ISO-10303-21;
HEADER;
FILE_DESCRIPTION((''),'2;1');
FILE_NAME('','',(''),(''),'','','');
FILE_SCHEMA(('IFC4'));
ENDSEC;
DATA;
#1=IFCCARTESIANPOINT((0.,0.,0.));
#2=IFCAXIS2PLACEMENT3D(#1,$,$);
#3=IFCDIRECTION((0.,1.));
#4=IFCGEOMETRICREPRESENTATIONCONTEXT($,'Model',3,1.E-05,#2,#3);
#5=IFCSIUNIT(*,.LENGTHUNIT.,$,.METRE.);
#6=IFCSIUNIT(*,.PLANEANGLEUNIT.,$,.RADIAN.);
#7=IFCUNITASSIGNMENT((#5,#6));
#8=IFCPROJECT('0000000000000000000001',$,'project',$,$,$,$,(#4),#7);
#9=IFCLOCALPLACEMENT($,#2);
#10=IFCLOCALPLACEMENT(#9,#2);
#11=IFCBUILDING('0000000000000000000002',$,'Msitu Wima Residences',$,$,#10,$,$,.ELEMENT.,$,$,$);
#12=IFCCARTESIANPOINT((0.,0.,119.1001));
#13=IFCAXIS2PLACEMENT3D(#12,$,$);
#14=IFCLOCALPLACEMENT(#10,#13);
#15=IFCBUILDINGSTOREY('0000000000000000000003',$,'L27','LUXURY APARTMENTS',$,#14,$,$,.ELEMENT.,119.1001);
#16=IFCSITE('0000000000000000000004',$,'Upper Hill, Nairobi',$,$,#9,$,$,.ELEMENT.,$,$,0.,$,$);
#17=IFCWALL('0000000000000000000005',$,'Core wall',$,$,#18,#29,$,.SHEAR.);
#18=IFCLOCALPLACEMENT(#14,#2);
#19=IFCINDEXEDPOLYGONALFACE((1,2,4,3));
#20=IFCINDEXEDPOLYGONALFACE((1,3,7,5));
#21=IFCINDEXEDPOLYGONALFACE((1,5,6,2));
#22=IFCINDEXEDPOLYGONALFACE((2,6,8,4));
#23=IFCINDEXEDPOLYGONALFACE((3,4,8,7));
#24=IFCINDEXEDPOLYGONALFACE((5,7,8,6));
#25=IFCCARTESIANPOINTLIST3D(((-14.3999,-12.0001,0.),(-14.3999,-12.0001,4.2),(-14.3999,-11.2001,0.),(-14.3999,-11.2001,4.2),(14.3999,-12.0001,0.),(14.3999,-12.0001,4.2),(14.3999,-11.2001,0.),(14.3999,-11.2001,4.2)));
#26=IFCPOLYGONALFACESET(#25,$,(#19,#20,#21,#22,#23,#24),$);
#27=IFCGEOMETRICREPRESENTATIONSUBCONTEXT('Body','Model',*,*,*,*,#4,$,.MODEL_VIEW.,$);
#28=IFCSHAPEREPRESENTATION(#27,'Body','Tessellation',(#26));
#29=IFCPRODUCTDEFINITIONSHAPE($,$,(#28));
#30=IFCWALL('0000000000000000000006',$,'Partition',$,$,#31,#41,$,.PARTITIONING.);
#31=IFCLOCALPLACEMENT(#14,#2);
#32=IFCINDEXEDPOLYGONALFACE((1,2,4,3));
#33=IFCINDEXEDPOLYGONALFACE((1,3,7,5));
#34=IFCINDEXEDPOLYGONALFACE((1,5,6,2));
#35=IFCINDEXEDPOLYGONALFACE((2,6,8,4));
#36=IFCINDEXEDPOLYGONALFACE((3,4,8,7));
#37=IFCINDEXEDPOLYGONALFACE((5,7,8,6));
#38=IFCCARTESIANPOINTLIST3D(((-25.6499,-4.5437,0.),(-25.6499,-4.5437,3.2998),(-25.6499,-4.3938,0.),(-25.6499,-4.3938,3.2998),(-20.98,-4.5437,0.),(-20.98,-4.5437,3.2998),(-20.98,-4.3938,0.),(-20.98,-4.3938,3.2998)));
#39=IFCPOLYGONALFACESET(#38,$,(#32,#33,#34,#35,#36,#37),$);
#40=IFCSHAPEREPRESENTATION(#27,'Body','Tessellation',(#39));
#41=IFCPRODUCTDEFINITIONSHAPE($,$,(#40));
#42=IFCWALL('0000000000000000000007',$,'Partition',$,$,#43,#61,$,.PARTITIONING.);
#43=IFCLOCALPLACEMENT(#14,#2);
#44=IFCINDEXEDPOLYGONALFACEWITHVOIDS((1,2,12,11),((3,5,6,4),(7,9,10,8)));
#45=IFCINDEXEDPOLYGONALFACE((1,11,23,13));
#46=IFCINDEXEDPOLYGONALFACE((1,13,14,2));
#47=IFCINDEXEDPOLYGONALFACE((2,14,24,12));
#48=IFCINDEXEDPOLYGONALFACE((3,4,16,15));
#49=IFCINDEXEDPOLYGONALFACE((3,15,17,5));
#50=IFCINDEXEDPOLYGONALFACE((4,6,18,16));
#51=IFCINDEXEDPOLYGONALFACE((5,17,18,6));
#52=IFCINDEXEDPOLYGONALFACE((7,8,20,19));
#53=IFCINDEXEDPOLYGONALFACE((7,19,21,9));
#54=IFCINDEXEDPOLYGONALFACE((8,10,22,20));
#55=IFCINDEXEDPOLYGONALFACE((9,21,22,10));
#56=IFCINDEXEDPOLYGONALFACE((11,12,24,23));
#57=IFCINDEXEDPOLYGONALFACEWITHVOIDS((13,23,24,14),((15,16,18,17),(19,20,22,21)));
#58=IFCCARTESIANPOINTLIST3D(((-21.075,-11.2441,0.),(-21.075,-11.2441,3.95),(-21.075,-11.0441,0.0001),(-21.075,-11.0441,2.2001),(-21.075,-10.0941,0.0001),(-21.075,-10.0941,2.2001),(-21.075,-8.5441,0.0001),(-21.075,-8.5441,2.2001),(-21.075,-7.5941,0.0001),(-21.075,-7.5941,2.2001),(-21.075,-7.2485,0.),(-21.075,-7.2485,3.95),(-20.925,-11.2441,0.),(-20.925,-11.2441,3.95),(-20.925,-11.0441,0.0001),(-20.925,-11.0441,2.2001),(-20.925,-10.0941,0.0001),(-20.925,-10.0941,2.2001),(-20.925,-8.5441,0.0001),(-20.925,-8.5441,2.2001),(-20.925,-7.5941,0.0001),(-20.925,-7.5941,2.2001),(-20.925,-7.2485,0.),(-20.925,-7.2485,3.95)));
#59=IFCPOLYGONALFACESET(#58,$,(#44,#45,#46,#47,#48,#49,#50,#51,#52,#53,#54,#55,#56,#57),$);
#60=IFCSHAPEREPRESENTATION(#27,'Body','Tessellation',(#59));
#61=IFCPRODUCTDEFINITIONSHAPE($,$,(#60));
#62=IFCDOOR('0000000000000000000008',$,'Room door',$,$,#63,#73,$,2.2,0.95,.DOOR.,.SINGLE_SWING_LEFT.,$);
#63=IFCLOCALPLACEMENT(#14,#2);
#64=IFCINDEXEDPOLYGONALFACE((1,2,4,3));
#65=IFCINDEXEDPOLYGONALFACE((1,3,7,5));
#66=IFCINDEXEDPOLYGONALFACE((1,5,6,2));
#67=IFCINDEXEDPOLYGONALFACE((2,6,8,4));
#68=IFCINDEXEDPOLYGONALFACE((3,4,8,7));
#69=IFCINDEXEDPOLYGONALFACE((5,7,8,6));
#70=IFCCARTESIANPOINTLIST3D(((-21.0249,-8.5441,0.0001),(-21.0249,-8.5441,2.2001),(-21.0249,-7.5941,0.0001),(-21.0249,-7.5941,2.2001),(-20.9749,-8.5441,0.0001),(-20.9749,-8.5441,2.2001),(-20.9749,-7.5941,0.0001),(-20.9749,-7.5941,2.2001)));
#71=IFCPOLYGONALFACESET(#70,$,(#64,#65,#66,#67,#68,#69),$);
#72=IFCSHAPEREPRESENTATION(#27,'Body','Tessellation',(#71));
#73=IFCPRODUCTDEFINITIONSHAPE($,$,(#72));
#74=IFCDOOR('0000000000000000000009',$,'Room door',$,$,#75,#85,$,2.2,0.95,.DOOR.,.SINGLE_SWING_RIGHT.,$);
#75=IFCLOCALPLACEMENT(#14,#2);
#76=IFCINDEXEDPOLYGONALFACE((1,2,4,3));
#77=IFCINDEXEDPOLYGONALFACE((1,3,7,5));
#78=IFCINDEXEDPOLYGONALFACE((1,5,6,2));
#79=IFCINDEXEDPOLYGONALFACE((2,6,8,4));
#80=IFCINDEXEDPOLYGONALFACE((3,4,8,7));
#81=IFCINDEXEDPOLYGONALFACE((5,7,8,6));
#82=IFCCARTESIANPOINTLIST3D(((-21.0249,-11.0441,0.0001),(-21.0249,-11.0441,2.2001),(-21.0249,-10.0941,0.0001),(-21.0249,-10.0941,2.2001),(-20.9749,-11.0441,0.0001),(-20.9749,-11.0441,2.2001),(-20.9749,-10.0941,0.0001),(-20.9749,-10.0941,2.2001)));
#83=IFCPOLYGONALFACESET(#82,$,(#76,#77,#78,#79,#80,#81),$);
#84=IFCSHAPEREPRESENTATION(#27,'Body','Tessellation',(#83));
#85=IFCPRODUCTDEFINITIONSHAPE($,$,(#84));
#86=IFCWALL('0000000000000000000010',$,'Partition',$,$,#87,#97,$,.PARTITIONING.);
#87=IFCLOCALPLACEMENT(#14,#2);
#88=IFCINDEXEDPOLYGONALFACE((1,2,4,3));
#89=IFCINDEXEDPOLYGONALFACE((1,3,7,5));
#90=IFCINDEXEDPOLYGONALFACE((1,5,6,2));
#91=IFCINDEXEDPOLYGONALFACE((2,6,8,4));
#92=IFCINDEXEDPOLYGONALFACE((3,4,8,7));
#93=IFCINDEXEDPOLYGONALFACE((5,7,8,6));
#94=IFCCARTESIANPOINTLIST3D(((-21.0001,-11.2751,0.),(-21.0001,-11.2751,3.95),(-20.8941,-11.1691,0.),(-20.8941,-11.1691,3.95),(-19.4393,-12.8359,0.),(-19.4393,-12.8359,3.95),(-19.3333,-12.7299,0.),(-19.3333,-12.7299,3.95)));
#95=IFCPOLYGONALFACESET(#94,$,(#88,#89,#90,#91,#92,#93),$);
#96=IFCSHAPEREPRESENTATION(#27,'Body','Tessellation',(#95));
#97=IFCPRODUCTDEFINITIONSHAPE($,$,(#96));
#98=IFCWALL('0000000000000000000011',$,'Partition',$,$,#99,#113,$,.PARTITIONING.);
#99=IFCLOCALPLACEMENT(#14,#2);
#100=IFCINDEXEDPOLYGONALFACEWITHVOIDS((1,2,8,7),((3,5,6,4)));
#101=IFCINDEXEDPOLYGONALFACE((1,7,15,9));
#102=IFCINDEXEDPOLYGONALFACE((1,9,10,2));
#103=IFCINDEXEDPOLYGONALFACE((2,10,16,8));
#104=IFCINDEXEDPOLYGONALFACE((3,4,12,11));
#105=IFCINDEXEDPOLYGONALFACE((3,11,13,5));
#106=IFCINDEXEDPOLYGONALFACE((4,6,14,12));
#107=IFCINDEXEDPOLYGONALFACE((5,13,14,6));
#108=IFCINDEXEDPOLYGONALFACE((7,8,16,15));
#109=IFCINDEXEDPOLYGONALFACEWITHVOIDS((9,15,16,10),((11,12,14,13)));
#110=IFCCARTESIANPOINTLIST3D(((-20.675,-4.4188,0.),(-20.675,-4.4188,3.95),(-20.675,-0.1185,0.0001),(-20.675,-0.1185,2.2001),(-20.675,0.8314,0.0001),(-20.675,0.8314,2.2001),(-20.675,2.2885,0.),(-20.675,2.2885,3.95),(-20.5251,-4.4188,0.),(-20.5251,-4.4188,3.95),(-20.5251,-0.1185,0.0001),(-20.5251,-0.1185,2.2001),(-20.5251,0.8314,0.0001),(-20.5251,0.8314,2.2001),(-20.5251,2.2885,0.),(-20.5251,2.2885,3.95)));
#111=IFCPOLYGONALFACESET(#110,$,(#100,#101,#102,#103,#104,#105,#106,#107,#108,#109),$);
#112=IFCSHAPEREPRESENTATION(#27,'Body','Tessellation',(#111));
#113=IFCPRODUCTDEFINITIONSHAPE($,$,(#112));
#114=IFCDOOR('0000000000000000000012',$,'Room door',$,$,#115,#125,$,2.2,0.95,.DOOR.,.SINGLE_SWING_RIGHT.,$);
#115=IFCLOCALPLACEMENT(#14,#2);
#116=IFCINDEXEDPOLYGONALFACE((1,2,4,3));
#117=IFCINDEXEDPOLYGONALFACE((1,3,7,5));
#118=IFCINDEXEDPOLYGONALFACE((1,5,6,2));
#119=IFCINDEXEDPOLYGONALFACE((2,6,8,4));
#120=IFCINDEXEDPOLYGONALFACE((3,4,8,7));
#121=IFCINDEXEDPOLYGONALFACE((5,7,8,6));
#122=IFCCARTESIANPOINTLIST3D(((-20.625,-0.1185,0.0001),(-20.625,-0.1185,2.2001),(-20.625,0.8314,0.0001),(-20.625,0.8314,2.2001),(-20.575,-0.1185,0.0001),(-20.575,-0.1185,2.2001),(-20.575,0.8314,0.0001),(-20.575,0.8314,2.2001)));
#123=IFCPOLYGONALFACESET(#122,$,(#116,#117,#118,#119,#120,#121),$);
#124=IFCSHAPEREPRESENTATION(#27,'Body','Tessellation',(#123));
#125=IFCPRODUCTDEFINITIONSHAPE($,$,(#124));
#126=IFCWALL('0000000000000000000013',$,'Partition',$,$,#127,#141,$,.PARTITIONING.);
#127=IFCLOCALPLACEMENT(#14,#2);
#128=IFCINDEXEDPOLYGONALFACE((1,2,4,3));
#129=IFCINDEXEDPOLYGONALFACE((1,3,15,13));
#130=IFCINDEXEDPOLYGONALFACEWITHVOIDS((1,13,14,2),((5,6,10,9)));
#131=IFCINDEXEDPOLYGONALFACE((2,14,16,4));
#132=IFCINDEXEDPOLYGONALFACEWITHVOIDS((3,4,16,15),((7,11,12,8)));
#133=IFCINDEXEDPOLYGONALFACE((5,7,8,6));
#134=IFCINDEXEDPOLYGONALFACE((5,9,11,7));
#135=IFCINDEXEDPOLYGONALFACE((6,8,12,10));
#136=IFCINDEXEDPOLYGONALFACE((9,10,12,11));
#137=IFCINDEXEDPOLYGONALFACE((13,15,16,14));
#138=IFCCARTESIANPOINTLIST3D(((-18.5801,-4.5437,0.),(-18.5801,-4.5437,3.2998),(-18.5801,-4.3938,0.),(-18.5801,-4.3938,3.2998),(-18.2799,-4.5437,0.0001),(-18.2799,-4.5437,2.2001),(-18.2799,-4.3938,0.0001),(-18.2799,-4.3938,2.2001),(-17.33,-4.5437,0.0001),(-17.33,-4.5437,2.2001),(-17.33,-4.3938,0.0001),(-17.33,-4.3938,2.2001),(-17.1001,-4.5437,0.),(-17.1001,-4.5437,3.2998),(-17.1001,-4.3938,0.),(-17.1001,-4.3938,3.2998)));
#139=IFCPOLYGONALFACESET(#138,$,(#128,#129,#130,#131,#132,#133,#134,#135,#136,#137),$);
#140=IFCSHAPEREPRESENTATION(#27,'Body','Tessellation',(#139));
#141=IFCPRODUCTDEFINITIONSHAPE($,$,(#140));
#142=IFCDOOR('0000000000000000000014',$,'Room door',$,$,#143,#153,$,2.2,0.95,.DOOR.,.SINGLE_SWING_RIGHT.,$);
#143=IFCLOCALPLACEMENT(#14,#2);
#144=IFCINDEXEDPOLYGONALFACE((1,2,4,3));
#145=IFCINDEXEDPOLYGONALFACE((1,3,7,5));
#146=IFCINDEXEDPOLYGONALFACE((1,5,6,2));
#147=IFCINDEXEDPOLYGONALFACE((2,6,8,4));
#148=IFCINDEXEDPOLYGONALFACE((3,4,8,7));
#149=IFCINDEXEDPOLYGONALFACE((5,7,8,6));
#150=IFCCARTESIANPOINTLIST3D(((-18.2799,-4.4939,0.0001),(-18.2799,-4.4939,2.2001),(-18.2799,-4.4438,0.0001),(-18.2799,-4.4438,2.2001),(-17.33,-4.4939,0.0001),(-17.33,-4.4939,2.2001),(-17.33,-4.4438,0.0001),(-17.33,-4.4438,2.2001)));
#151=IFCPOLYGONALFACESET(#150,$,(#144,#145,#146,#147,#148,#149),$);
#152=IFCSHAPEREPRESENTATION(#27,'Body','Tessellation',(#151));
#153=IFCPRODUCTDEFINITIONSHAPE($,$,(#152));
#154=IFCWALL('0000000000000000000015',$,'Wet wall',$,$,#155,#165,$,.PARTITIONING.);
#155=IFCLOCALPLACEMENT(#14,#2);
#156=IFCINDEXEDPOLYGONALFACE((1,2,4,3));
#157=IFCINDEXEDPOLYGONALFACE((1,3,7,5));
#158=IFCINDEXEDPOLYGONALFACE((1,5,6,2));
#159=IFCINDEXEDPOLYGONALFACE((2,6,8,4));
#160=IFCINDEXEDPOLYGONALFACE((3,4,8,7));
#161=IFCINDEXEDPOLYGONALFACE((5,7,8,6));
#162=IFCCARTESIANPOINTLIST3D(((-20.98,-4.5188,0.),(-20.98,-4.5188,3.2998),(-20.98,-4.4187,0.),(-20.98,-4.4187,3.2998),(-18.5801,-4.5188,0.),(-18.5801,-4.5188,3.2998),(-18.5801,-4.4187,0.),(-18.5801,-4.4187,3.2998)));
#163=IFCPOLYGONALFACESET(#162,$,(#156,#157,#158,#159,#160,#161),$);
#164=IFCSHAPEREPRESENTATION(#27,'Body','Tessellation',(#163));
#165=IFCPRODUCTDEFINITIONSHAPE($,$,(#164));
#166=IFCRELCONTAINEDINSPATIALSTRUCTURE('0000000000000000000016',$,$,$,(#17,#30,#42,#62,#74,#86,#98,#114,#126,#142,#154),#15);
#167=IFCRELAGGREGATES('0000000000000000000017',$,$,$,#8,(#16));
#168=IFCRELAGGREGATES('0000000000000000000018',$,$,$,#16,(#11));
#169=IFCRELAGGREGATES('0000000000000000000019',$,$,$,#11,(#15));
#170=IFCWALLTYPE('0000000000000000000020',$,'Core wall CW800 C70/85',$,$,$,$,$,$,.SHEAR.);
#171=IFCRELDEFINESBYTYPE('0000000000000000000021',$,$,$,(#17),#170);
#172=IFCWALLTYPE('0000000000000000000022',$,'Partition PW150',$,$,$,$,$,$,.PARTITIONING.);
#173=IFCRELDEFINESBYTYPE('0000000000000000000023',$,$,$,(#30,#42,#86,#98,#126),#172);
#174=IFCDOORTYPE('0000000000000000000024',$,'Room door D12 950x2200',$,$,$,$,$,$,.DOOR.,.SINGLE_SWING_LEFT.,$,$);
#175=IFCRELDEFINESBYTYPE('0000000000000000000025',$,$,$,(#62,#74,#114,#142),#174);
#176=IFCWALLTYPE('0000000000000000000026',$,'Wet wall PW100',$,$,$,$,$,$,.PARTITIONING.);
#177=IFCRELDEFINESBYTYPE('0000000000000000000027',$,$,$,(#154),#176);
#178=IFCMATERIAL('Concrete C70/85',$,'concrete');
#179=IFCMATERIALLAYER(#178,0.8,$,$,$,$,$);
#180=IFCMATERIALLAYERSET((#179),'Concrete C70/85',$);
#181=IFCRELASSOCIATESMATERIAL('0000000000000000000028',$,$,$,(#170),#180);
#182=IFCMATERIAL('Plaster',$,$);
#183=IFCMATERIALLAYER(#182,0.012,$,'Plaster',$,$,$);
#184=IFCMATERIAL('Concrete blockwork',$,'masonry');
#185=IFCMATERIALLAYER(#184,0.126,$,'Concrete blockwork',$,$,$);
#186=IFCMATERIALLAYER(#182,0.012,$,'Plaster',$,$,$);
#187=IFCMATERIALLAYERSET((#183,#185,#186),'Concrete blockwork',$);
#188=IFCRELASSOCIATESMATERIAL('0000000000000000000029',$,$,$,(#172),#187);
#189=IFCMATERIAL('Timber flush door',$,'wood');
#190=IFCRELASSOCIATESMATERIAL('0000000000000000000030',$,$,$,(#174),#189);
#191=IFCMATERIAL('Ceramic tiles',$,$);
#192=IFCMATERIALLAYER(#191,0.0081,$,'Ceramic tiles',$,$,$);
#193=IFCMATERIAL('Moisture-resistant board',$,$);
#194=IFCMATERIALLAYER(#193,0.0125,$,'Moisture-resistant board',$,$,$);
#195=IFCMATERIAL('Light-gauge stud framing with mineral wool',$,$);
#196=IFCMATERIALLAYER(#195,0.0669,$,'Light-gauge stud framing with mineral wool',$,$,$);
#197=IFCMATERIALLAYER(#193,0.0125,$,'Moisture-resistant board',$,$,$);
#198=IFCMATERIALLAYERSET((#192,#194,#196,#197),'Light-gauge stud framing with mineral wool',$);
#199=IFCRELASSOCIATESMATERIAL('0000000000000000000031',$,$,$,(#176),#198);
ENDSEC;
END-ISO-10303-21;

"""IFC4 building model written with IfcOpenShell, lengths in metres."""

from ifc_helpers import new_model, si_unit, direction, frame, frame_2d, origin, place, context, subcontext, project, spatial, rectangle, extrude, material, layer, layer_set, type_object, element, fill, save


model = new_model("IFC4")

# Units and contexts
model_context = context("Model", 3, precision=1e-05, world=origin(), true_north=direction((0.0, 1.0)))
body_context = subcontext(model_context, "Body", "Model", "MODEL_VIEW")
ifc_project = project(units=[si_unit("LENGTHUNIT", "METRE"), si_unit("PLANEANGLEUNIT", "RADIAN")], contexts=[model_context])

# Site, building, storey
site_placement = place(None, origin())
site = spatial("IfcSite", under=ifc_project, at=site_placement, Name="Upper Hill, Nairobi", CompositionType="ELEMENT", RefElevation=0.0)
building_placement = place(site_placement, origin())
building = spatial("IfcBuilding", under=site, at=building_placement, Name="Msitu Wima Residences", CompositionType="ELEMENT")
storey_placement = place(building_placement, frame((0.0, 0.0, 119.1001)))
storey = spatial("IfcBuildingStorey", under=building, at=storey_placement, Name="L27", Description="LUXURY APARTMENTS", CompositionType="ELEMENT", Elevation=119.1001)

# Wall
ifc_material_1 = material(Name="Concrete C70/85", Category="concrete")
ifc_layer_1 = layer(ifc_material_1, 0.8)
ifc_layer_set_1 = layer_set([ifc_layer_1], Name="Concrete C70/85")
wall_type_1 = type_object("IfcWallType", Name="Core wall CW800 C70/85", PredefinedType="SHEAR", material=ifc_layer_set_1)
wall_1_placement = place(storey_placement, frame((-14.3999, -11.6001, 0.0), z_axis=(0.0, 0.0, 1.0), x_axis=(1.0, 0.0, 0.0)))
element("IfcWall", 1, at=wall_1_placement, inside=storey, type_object=wall_type_1, Name="Core wall", PredefinedType="SHEAR", context=body_context, shape_type="SweptSolid", body=[
    extrude(rectangle(XDim=28.7998, YDim=0.8, at=frame_2d((14.3999, 0.0))), origin(), (0.0, 0.0, 1.0), 4.2),
])

# Wall
ifc_material_2 = material(Name="Plaster")
ifc_layer_2 = layer(ifc_material_2, 0.012, Name="Plaster")
ifc_material_3 = material(Name="Concrete blockwork", Category="masonry")
ifc_layer_3 = layer(ifc_material_3, 0.126, Name="Concrete blockwork")
ifc_layer_4 = layer(ifc_material_2, 0.012, Name="Plaster")
ifc_layer_set_2 = layer_set([ifc_layer_2, ifc_layer_3, ifc_layer_4], Name="Concrete blockwork")
wall_type_2 = type_object("IfcWallType", Name="Partition PW150", PredefinedType="PARTITIONING", material=ifc_layer_set_2)
wall_2_placement = place(storey_placement, frame((-25.6499, -4.4688, 0.0), z_axis=(0.0, 0.0, 1.0), x_axis=(1.0, 0.0, 0.0)))
element("IfcWall", 2, at=wall_2_placement, inside=storey, type_object=wall_type_2, Name="Partition", PredefinedType="PARTITIONING", context=body_context, shape_type="SweptSolid", body=[
    extrude(rectangle(XDim=4.6699, YDim=0.1499, at=frame_2d((2.335, 0.0))), origin(), (0.0, 0.0, 1.0), 3.2998),
])

# Wall, openings, doors
wall_3_placement = place(storey_placement, frame((-21.0, -11.2441, 0.0), z_axis=(0.0, 0.0, 1.0), x_axis=(0.0, 1.0, 0.0)))
wall_3 = element("IfcWall", 3, at=wall_3_placement, inside=storey, type_object=wall_type_2, Name="Partition", PredefinedType="PARTITIONING", context=body_context, shape_type="SweptSolid", body=[
    extrude(rectangle(XDim=3.9956, YDim=0.1499, at=frame_2d((1.9978, 0.0))), origin(), (0.0, 0.0, 1.0), 3.95),
])
opening_1_placement = place(wall_3_placement, frame((2.7, 0.0, 0.0)))
opening_1 = element("IfcOpeningElement", 4, at=opening_1_placement, cuts=wall_3, PredefinedType="OPENING", context=body_context, shape_type="SweptSolid", body=[
    extrude(rectangle(XDim=0.95, YDim=2.2, at=frame_2d((0.4751, 1.1001))), frame((0.0, 0.085, 0.0), z_axis=(0.0, -1.0, 0.0), x_axis=(1.0, 0.0, 0.0)), (0.0, 0.0, 1.0), 0.1699),
])
opening_2_placement = place(wall_3_placement, frame((0.2, 0.0, 0.0)))
opening_2 = element("IfcOpeningElement", 5, at=opening_2_placement, cuts=wall_3, PredefinedType="OPENING", context=body_context, shape_type="SweptSolid", body=[
    extrude(rectangle(XDim=0.95, YDim=2.2, at=frame_2d((0.4751, 1.1001))), frame((0.0, 0.085, 0.0), z_axis=(0.0, -1.0, 0.0), x_axis=(1.0, 0.0, 0.0)), (0.0, 0.0, 1.0), 0.1699),
])
ifc_material_4 = material(Name="Timber flush door", Category="wood")
door_type_1 = type_object("IfcDoorType", Name="Room door D12 950x2200", OperationType="SINGLE_SWING_LEFT", PredefinedType="DOOR", material=ifc_material_4)
door_1_placement = place(opening_1_placement, origin())
door_1 = element("IfcDoor", 6, at=door_1_placement, inside=storey, type_object=door_type_1, Name="Room door", OperationType="SINGLE_SWING_LEFT", OverallHeight=2.2, OverallWidth=0.95, PredefinedType="DOOR", context=body_context, shape_type="SweptSolid", body=[
    extrude(rectangle(XDim=0.95, YDim=2.2, at=frame_2d((0.4751, 1.1001))), frame((0.0, 0.0249, 0.0), z_axis=(0.0, -1.0, 0.0), x_axis=(1.0, 0.0, 0.0)), (0.0, 0.0, 1.0), 0.05),
])
fill(opening_1, door_1)
door_2_placement = place(opening_2_placement, origin())
door_2 = element("IfcDoor", 7, at=door_2_placement, inside=storey, type_object=door_type_1, Name="Room door", OperationType="SINGLE_SWING_RIGHT", OverallHeight=2.2, OverallWidth=0.95, PredefinedType="DOOR", context=body_context, shape_type="SweptSolid", body=[
    extrude(rectangle(XDim=0.95, YDim=2.2, at=frame_2d((0.4751, 1.1001))), frame((0.0, 0.0249, 0.0), z_axis=(0.0, -1.0, 0.0), x_axis=(1.0, 0.0, 0.0)), (0.0, 0.0, 1.0), 0.05),
])
fill(opening_2, door_2)

# Wall
wall_4_placement = place(storey_placement, frame((-20.947, -11.2222, 0.0), z_axis=(0.0, 0.0, 1.0), x_axis=(0.707107, -0.707107, 0.0)))
element("IfcWall", 8, at=wall_4_placement, inside=storey, type_object=wall_type_2, Name="Partition", PredefinedType="PARTITIONING", context=body_context, shape_type="SweptSolid", body=[
    extrude(rectangle(XDim=2.2073, YDim=0.1499, at=frame_2d((1.1035, 0.0))), origin(), (0.0, 0.0, 1.0), 3.95),
])

# Walls, openings, doors
wall_5_placement = place(storey_placement, frame((-20.6001, -4.4187, 0.0), z_axis=(0.0, 0.0, 1.0), x_axis=(0.0, 1.0, 0.0)))
wall_5 = element("IfcWall", 9, at=wall_5_placement, inside=storey, type_object=wall_type_2, Name="Partition", PredefinedType="PARTITIONING", context=body_context, shape_type="SweptSolid", body=[
    extrude(rectangle(XDim=6.7073, YDim=0.1499, at=frame_2d((3.3535, 0.0))), origin(), (0.0, 0.0, 1.0), 3.95),
])
opening_3_placement = place(wall_5_placement, frame((4.3, 0.0, 0.0)))
opening_3 = element("IfcOpeningElement", 10, at=opening_3_placement, cuts=wall_5, PredefinedType="OPENING", context=body_context, shape_type="SweptSolid", body=[
    extrude(rectangle(XDim=0.95, YDim=2.2, at=frame_2d((0.4751, 1.1001))), frame((0.0, 0.085, 0.0), z_axis=(0.0, -1.0, 0.0), x_axis=(1.0, 0.0, 0.0)), (0.0, 0.0, 1.0), 0.1699),
])
door_3_placement = place(opening_3_placement, origin())
door_3 = element("IfcDoor", 11, at=door_3_placement, inside=storey, type_object=door_type_1, Name="Room door", OperationType="SINGLE_SWING_RIGHT", OverallHeight=2.2, OverallWidth=0.95, PredefinedType="DOOR", context=body_context, shape_type="SweptSolid", body=[
    extrude(rectangle(XDim=0.95, YDim=2.2, at=frame_2d((0.4751, 1.1001))), frame((0.0, 0.0249, 0.0), z_axis=(0.0, -1.0, 0.0), x_axis=(1.0, 0.0, 0.0)), (0.0, 0.0, 1.0), 0.05),
])
fill(opening_3, door_3)
wall_6_placement = place(storey_placement, frame((-18.5801, -4.4688, 0.0), z_axis=(0.0, 0.0, 1.0), x_axis=(1.0, 0.0, 0.0)))
wall_6 = element("IfcWall", 12, at=wall_6_placement, inside=storey, type_object=wall_type_2, Name="Partition", PredefinedType="PARTITIONING", context=body_context, shape_type="SweptSolid", body=[
    extrude(rectangle(XDim=1.48, YDim=0.1499, at=frame_2d((0.74, 0.0))), origin(), (0.0, 0.0, 1.0), 3.2998),
])
opening_4_placement = place(wall_6_placement, frame((0.3, 0.0, 0.0)))
opening_4 = element("IfcOpeningElement", 13, at=opening_4_placement, cuts=wall_6, PredefinedType="OPENING", context=body_context, shape_type="SweptSolid", body=[
    extrude(rectangle(XDim=0.95, YDim=2.2, at=frame_2d((0.4751, 1.1001))), frame((0.0, 0.085, 0.0), z_axis=(0.0, -1.0, 0.0), x_axis=(1.0, 0.0, 0.0)), (0.0, 0.0, 1.0), 0.1699),
])
door_4_placement = place(opening_4_placement, origin())
door_4 = element("IfcDoor", 14, at=door_4_placement, inside=storey, type_object=door_type_1, Name="Room door", OperationType="SINGLE_SWING_RIGHT", OverallHeight=2.2, OverallWidth=0.95, PredefinedType="DOOR", context=body_context, shape_type="SweptSolid", body=[
    extrude(rectangle(XDim=0.95, YDim=2.2, at=frame_2d((0.4751, 1.1001))), frame((0.0, 0.0249, 0.0), z_axis=(0.0, -1.0, 0.0), x_axis=(1.0, 0.0, 0.0)), (0.0, 0.0, 1.0), 0.05),
])
fill(opening_4, door_4)

# Wall
ifc_material_5 = material(Name="Ceramic tiles")
ifc_layer_5 = layer(ifc_material_5, 0.0081, Name="Ceramic tiles")
ifc_material_6 = material(Name="Moisture-resistant board")
ifc_layer_6 = layer(ifc_material_6, 0.0125, Name="Moisture-resistant board")
ifc_material_7 = material(Name="Light-gauge stud framing with mineral wool")
ifc_layer_7 = layer(ifc_material_7, 0.0669, Name="Light-gauge stud framing with mineral wool")
ifc_layer_8 = layer(ifc_material_6, 0.0125, Name="Moisture-resistant board")
ifc_layer_set_3 = layer_set([ifc_layer_5, ifc_layer_6, ifc_layer_7, ifc_layer_8], Name="Light-gauge stud framing with mineral wool")
wall_type_3 = type_object("IfcWallType", Name="Wet wall PW100", PredefinedType="PARTITIONING", material=ifc_layer_set_3)
wall_7_placement = place(storey_placement, frame((-20.98, -4.4688, 0.0), z_axis=(0.0, 0.0, 1.0), x_axis=(1.0, 0.0, 0.0)))
element("IfcWall", 15, at=wall_7_placement, inside=storey, type_object=wall_type_3, Name="Wet wall", PredefinedType="PARTITIONING", context=body_context, shape_type="SweptSolid", body=[
    extrude(rectangle(XDim=2.3999, YDim=0.1001, at=frame_2d((1.2, 0.0))), origin(), (0.0, 0.0, 1.0), 3.2998),
])

save(model, "model.ifc")
